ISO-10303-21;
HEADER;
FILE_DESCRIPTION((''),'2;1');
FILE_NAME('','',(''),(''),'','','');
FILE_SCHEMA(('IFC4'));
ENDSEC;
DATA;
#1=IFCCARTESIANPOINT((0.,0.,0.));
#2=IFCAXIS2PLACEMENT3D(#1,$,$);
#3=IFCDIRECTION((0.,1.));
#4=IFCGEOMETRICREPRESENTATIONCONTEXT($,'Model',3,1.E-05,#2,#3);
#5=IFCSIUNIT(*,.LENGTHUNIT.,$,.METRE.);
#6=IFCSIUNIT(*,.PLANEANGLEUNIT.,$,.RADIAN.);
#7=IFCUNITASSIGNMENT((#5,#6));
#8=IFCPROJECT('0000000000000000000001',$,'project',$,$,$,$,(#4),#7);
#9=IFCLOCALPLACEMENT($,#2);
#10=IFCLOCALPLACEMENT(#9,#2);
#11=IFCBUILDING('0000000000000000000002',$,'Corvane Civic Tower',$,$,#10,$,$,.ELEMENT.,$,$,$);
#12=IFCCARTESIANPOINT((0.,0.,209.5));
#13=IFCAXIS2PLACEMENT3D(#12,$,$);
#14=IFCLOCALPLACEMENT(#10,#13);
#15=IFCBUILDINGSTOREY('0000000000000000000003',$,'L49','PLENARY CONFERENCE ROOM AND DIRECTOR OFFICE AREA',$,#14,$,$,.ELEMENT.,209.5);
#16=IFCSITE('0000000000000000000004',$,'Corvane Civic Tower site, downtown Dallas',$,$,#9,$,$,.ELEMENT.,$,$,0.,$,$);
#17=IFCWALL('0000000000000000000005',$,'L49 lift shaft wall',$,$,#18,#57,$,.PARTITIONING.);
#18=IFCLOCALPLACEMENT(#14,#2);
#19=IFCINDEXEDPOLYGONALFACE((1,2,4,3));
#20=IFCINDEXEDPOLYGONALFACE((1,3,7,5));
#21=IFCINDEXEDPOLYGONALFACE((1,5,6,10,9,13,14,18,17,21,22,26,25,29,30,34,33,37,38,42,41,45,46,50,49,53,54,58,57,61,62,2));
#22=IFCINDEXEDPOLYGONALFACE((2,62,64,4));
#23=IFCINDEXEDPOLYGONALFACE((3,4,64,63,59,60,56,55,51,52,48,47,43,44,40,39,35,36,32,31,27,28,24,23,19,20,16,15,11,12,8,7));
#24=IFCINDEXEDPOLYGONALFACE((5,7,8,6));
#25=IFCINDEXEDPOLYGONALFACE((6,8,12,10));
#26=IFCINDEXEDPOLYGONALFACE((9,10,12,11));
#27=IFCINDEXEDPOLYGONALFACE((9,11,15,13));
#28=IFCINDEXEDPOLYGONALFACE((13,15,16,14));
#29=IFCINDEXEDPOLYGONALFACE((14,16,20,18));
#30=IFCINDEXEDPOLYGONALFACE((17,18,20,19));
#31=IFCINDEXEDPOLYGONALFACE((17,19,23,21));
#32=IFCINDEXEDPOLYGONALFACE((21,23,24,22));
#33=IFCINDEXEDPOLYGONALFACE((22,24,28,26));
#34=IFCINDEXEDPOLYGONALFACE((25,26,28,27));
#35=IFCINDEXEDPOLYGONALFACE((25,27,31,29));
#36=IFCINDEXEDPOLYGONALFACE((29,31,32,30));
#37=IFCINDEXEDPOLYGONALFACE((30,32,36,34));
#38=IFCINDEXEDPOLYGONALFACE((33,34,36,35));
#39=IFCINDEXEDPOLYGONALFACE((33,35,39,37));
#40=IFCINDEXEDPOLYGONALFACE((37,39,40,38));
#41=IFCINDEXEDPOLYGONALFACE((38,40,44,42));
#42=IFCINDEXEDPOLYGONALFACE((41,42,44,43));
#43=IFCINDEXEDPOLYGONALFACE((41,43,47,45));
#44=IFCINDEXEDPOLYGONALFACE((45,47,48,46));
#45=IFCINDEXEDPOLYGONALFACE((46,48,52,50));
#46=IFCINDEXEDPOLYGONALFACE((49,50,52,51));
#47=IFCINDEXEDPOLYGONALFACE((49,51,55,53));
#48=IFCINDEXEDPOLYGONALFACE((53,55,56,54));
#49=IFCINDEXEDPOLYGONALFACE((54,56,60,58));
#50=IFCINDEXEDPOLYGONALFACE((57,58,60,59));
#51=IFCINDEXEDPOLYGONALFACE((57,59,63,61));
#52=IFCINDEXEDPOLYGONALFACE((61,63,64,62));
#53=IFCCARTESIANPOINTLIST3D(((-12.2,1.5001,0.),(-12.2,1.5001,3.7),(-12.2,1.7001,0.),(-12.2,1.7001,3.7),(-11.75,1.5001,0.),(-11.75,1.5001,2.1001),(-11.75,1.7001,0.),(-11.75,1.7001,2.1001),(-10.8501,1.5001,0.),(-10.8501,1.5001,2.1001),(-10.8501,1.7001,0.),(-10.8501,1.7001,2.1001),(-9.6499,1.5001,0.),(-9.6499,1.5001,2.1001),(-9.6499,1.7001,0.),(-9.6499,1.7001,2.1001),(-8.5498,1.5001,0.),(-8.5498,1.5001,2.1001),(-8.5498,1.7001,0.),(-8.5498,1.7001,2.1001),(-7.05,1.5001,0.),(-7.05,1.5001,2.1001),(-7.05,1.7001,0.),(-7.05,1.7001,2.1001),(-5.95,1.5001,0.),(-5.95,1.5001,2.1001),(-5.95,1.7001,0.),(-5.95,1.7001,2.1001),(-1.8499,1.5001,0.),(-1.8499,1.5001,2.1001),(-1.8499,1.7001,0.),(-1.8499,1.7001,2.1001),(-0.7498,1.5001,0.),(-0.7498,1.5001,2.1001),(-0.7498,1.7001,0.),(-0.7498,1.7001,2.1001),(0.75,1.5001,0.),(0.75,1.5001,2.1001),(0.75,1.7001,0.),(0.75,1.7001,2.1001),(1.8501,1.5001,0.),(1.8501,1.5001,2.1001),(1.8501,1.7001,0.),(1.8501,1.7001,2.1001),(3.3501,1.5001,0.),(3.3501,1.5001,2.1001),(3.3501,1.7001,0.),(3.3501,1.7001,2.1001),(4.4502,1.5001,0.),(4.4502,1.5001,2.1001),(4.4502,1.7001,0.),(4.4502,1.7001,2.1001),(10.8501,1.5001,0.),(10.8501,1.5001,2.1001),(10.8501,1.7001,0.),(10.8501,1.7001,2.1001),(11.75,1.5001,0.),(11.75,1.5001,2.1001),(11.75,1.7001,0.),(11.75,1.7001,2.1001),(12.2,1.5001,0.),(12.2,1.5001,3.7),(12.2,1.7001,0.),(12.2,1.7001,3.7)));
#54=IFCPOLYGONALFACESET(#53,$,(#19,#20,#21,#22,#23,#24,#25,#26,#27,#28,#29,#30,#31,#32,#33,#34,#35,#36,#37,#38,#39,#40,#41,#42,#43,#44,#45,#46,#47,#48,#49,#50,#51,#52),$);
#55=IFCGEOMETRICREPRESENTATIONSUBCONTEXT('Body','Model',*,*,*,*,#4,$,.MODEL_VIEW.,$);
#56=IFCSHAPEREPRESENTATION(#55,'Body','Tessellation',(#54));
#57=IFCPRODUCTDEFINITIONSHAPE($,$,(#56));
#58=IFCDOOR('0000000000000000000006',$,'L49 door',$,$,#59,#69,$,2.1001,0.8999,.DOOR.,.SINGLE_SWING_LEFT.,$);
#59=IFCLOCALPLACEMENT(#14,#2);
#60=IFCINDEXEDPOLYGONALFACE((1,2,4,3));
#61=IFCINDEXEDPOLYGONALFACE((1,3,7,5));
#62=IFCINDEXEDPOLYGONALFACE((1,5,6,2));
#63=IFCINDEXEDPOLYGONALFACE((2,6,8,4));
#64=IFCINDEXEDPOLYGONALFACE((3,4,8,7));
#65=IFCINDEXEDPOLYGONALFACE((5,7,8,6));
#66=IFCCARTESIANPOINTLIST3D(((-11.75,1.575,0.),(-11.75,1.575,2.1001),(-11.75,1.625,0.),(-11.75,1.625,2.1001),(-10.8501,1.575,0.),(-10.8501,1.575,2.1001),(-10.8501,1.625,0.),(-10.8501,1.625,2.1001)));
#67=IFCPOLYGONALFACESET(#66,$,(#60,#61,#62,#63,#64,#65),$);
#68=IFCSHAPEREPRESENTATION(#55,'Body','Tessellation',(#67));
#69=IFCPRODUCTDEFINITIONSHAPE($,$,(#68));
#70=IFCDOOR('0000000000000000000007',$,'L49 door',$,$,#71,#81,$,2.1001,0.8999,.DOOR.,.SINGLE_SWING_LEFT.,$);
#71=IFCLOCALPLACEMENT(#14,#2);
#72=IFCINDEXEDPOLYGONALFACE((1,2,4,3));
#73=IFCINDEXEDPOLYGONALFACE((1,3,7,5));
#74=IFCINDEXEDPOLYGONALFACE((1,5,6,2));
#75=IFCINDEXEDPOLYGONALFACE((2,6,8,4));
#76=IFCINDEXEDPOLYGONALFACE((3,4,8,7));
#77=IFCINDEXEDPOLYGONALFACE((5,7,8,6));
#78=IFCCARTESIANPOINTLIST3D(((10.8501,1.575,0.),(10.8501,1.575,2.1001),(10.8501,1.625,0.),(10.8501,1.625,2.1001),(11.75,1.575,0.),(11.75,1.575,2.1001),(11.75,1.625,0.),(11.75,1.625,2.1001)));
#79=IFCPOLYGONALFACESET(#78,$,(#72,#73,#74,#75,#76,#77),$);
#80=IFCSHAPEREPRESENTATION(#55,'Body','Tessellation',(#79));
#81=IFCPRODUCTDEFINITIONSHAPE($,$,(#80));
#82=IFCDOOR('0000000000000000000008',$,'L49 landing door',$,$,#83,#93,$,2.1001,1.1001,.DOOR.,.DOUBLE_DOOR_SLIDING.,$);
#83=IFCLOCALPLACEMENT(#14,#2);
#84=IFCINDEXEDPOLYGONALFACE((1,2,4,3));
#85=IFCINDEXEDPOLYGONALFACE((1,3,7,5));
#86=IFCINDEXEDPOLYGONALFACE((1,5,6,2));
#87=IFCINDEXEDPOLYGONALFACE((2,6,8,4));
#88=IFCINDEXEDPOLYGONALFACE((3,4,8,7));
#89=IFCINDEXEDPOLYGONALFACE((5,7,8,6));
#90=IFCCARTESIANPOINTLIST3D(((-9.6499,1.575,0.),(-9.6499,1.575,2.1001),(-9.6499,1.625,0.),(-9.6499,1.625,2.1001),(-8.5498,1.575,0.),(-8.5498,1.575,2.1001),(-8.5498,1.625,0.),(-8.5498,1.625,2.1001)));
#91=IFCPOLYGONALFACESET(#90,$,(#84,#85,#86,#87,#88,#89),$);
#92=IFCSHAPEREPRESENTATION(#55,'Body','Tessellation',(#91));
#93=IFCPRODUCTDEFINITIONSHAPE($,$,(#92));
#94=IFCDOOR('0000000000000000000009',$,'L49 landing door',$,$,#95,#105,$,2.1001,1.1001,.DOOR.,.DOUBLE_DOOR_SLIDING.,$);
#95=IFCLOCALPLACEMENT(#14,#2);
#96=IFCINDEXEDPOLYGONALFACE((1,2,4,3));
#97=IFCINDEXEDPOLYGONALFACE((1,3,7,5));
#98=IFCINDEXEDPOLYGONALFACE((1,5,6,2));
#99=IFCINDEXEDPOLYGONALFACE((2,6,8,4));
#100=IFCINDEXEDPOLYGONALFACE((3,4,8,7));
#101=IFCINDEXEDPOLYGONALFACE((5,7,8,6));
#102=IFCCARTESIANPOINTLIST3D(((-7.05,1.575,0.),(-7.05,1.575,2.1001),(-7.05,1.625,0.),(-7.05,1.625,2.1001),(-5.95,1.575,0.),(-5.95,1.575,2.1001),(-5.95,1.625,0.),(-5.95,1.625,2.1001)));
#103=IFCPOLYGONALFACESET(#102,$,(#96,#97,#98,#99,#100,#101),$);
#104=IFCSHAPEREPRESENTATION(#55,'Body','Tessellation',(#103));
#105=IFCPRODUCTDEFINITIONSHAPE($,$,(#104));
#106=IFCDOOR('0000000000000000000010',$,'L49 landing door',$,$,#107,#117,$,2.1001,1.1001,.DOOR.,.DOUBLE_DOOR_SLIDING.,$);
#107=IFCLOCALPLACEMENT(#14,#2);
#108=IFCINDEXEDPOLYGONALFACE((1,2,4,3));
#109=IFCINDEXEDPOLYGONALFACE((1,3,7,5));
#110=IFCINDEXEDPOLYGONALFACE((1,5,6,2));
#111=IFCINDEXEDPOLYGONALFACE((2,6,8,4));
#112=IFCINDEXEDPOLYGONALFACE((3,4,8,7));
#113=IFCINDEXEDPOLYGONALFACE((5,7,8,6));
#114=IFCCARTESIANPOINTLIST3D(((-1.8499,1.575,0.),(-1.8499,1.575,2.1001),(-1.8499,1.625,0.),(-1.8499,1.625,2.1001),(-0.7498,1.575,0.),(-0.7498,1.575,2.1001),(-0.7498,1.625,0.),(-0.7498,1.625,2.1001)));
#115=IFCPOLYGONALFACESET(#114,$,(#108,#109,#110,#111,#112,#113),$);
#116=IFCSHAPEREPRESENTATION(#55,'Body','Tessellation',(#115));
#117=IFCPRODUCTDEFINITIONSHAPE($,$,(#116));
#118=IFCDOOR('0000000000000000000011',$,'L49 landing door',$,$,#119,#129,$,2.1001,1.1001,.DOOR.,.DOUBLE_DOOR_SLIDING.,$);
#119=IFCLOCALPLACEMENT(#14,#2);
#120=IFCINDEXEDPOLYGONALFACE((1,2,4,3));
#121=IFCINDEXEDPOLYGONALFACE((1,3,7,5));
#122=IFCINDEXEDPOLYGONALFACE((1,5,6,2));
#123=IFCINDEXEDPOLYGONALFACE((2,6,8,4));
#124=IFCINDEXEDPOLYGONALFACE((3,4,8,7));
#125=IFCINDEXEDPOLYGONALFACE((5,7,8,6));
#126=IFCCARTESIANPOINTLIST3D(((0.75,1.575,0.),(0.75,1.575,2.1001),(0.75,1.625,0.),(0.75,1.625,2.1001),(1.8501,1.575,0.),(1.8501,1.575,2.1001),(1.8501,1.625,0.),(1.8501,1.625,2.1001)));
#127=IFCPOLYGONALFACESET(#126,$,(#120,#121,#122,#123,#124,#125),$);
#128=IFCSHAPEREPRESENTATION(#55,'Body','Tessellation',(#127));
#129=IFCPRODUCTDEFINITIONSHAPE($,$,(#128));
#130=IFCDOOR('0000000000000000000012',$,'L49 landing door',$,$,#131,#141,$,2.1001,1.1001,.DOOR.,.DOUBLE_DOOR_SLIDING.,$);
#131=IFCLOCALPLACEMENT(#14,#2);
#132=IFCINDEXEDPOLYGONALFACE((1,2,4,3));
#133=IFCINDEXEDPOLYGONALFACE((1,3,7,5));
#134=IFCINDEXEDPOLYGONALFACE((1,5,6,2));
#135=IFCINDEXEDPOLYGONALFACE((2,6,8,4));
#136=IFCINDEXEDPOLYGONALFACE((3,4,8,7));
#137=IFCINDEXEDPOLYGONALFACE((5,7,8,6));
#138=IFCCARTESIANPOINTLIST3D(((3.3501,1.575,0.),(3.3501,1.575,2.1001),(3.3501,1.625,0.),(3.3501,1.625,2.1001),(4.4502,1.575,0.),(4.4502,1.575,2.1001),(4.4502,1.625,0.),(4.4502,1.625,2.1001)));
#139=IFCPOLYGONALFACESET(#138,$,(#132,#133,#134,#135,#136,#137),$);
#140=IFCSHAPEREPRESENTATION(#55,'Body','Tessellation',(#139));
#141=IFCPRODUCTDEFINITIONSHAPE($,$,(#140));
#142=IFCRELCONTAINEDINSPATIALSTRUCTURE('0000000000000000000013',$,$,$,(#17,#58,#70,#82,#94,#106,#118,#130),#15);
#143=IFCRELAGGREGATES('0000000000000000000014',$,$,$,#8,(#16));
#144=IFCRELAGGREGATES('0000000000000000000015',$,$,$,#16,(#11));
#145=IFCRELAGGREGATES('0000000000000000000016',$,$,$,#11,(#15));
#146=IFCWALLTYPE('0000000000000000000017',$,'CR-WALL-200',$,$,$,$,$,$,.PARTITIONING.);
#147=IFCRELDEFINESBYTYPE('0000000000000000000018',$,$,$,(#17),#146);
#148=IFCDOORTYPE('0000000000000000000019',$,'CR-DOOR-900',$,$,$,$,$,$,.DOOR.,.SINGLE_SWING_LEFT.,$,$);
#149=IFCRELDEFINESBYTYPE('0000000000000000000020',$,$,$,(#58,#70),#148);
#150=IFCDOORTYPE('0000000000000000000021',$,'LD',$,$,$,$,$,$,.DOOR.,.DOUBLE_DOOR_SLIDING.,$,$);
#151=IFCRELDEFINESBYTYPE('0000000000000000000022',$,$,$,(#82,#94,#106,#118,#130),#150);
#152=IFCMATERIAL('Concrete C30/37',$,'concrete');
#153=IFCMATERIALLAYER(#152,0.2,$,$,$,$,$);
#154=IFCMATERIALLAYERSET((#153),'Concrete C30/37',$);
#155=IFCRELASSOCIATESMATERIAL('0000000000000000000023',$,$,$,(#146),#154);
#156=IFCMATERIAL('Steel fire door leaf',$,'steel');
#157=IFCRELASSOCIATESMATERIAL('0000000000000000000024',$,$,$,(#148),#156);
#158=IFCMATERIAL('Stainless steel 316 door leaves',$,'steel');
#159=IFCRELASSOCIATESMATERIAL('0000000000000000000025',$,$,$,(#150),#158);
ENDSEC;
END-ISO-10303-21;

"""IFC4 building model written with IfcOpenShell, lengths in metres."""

from ifc_helpers import new_model, si_unit, direction, frame, frame_2d, origin, place, context, subcontext, project, spatial, rectangle, extrude, material, layer, layer_set, type_object, element, fill, save


model = new_model("IFC4")

# Units and contexts
model_context = context("Model", 3, precision=1e-05, world=origin(), true_north=direction((0.0, 1.0)))
body_context = subcontext(model_context, "Body", "Model", "MODEL_VIEW")
ifc_project = project(units=[si_unit("LENGTHUNIT", "METRE"), si_unit("PLANEANGLEUNIT", "RADIAN")], contexts=[model_context])

# Site, building, storey
site_placement = place(None, origin())
site = spatial("IfcSite", under=ifc_project, at=site_placement, Name="Corvane Civic Tower site, downtown Dallas", CompositionType="ELEMENT", RefElevation=0.0)
building_placement = place(site_placement, origin())
building = spatial("IfcBuilding", under=site, at=building_placement, Name="Corvane Civic Tower", CompositionType="ELEMENT")
storey_placement = place(building_placement, frame((0.0, 0.0, 209.5)))
storey = spatial("IfcBuildingStorey", under=building, at=storey_placement, Name="L49", Description="PLENARY CONFERENCE ROOM AND DIRECTOR OFFICE AREA", CompositionType="ELEMENT", Elevation=209.5)

# Wall, openings, doors
ifc_material_1 = material(Name="Concrete C30/37", Category="concrete")
ifc_layer_1 = layer(ifc_material_1, 0.2)
ifc_layer_set_1 = layer_set([ifc_layer_1], Name="Concrete C30/37")
wall_type_1 = type_object("IfcWallType", Name="CR-WALL-200", PredefinedType="PARTITIONING", material=ifc_layer_set_1)
wall_1_placement = place(storey_placement, frame((-12.2, 1.6001, 0.0), z_axis=(0.0, 0.0, 1.0), x_axis=(1.0, 0.0, 0.0)))
wall_1 = element("IfcWall", 1, at=wall_1_placement, inside=storey, type_object=wall_type_1, Name="L49 lift shaft wall", PredefinedType="PARTITIONING", context=body_context, shape_type="SweptSolid", body=[
    extrude(rectangle(XDim=24.3999, YDim=0.2, at=frame_2d((12.2, 0.0))), origin(), (0.0, 0.0, 1.0), 3.7),
])
opening_1_placement = place(wall_1_placement, frame((2.55, 0.0, 0.0)))
opening_1 = element("IfcOpeningElement", 2, at=opening_1_placement, cuts=wall_1, PredefinedType="OPENING", context=body_context, shape_type="SweptSolid", body=[
    extrude(rectangle(XDim=1.1001, YDim=2.1001, at=frame_2d((0.55, 1.05))), frame((0.0, 0.1099, 0.0), z_axis=(0.0, -1.0, 0.0), x_axis=(1.0, 0.0, 0.0)), (0.0, 0.0, 1.0), 0.22),
])
opening_2_placement = place(wall_1_placement, frame((5.1499, 0.0, 0.0)))
opening_2 = element("IfcOpeningElement", 3, at=opening_2_placement, cuts=wall_1, PredefinedType="OPENING", context=body_context, shape_type="SweptSolid", body=[
    extrude(rectangle(XDim=1.1001, YDim=2.1001, at=frame_2d((0.55, 1.05))), frame((0.0, 0.1099, 0.0), z_axis=(0.0, -1.0, 0.0), x_axis=(1.0, 0.0, 0.0)), (0.0, 0.0, 1.0), 0.22),
])
opening_3_placement = place(wall_1_placement, frame((10.3501, 0.0, 0.0)))
opening_3 = element("IfcOpeningElement", 4, at=opening_3_placement, cuts=wall_1, PredefinedType="OPENING", context=body_context, shape_type="SweptSolid", body=[
    extrude(rectangle(XDim=1.1001, YDim=2.1001, at=frame_2d((0.55, 1.05))), frame((0.0, 0.1099, 0.0), z_axis=(0.0, -1.0, 0.0), x_axis=(1.0, 0.0, 0.0)), (0.0, 0.0, 1.0), 0.22),
])
opening_4_placement = place(wall_1_placement, frame((12.95, 0.0, 0.0)))
opening_4 = element("IfcOpeningElement", 5, at=opening_4_placement, cuts=wall_1, PredefinedType="OPENING", context=body_context, shape_type="SweptSolid", body=[
    extrude(rectangle(XDim=1.1001, YDim=2.1001, at=frame_2d((0.55, 1.05))), frame((0.0, 0.1099, 0.0), z_axis=(0.0, -1.0, 0.0), x_axis=(1.0, 0.0, 0.0)), (0.0, 0.0, 1.0), 0.22),
])
opening_5_placement = place(wall_1_placement, frame((15.55, 0.0, 0.0)))
opening_5 = element("IfcOpeningElement", 6, at=opening_5_placement, cuts=wall_1, PredefinedType="OPENING", context=body_context, shape_type="SweptSolid", body=[
    extrude(rectangle(XDim=1.1001, YDim=2.1001, at=frame_2d((0.55, 1.05))), frame((0.0, 0.1099, 0.0), z_axis=(0.0, -1.0, 0.0), x_axis=(1.0, 0.0, 0.0)), (0.0, 0.0, 1.0), 0.22),
])
opening_6_placement = place(wall_1_placement, frame((0.45, 0.0, 0.0)))
opening_6 = element("IfcOpeningElement", 7, at=opening_6_placement, cuts=wall_1, PredefinedType="OPENING", context=body_context, shape_type="SweptSolid", body=[
    extrude(rectangle(XDim=0.8999, YDim=2.1001, at=frame_2d((0.45, 1.05))), frame((0.0, 0.1099, 0.0), z_axis=(0.0, -1.0, 0.0), x_axis=(1.0, 0.0, 0.0)), (0.0, 0.0, 1.0), 0.22),
])
opening_7_placement = place(wall_1_placement, frame((23.05, 0.0, 0.0)))
opening_7 = element("IfcOpeningElement", 8, at=opening_7_placement, cuts=wall_1, PredefinedType="OPENING", context=body_context, shape_type="SweptSolid", body=[
    extrude(rectangle(XDim=0.8999, YDim=2.1001, at=frame_2d((0.45, 1.05))), frame((0.0, 0.1099, 0.0), z_axis=(0.0, -1.0, 0.0), x_axis=(1.0, 0.0, 0.0)), (0.0, 0.0, 1.0), 0.22),
])
ifc_material_2 = material(Name="Steel fire door leaf", Category="steel")
door_type_1 = type_object("IfcDoorType", Name="CR-DOOR-900", OperationType="SINGLE_SWING_LEFT", PredefinedType="DOOR", material=ifc_material_2)
door_1_placement = place(opening_6_placement, origin())
door_1 = element("IfcDoor", 9, at=door_1_placement, inside=storey, type_object=door_type_1, Name="L49 door", OperationType="SINGLE_SWING_LEFT", OverallHeight=2.1001, OverallWidth=0.8999, PredefinedType="DOOR", context=body_context, shape_type="SweptSolid", body=[
    extrude(rectangle(XDim=0.8999, YDim=2.1001, at=frame_2d((0.45, 1.05))), frame((0.0, 0.0249, 0.0), z_axis=(0.0, -1.0, 0.0), x_axis=(1.0, 0.0, 0.0)), (0.0, 0.0, 1.0), 0.05),
])
fill(opening_6, door_1)
door_2_placement = place(opening_7_placement, origin())
door_2 = element("IfcDoor", 10, at=door_2_placement, inside=storey, type_object=door_type_1, Name="L49 door", OperationType="SINGLE_SWING_LEFT", OverallHeight=2.1001, OverallWidth=0.8999, PredefinedType="DOOR", context=body_context, shape_type="SweptSolid", body=[
    extrude(rectangle(XDim=0.8999, YDim=2.1001, at=frame_2d((0.45, 1.05))), frame((0.0, 0.0249, 0.0), z_axis=(0.0, -1.0, 0.0), x_axis=(1.0, 0.0, 0.0)), (0.0, 0.0, 1.0), 0.05),
])
fill(opening_7, door_2)
ifc_material_3 = material(Name="Stainless steel 316 door leaves", Category="steel")
door_type_2 = type_object("IfcDoorType", Name="LD", OperationType="DOUBLE_DOOR_SLIDING", PredefinedType="DOOR", material=ifc_material_3)
door_3_placement = place(opening_1_placement, origin())
door_3 = element("IfcDoor", 11, at=door_3_placement, inside=storey, type_object=door_type_2, Name="L49 landing door", OperationType="DOUBLE_DOOR_SLIDING", OverallHeight=2.1001, OverallWidth=1.1001, PredefinedType="DOOR", context=body_context, shape_type="SweptSolid", body=[
    extrude(rectangle(XDim=1.1001, YDim=2.1001, at=frame_2d((0.55, 1.05))), frame((0.0, 0.0249, 0.0), z_axis=(0.0, -1.0, 0.0), x_axis=(1.0, 0.0, 0.0)), (0.0, 0.0, 1.0), 0.05),
])
fill(opening_1, door_3)
door_4_placement = place(opening_2_placement, origin())
door_4 = element("IfcDoor", 12, at=door_4_placement, inside=storey, type_object=door_type_2, Name="L49 landing door", OperationType="DOUBLE_DOOR_SLIDING", OverallHeight=2.1001, OverallWidth=1.1001, PredefinedType="DOOR", context=body_context, shape_type="SweptSolid", body=[
    extrude(rectangle(XDim=1.1001, YDim=2.1001, at=frame_2d((0.55, 1.05))), frame((0.0, 0.0249, 0.0), z_axis=(0.0, -1.0, 0.0), x_axis=(1.0, 0.0, 0.0)), (0.0, 0.0, 1.0), 0.05),
])
fill(opening_2, door_4)
door_5_placement = place(opening_3_placement, origin())
door_5 = element("IfcDoor", 13, at=door_5_placement, inside=storey, type_object=door_type_2, Name="L49 landing door", OperationType="DOUBLE_DOOR_SLIDING", OverallHeight=2.1001, OverallWidth=1.1001, PredefinedType="DOOR", context=body_context, shape_type="SweptSolid", body=[
    extrude(rectangle(XDim=1.1001, YDim=2.1001, at=frame_2d((0.55, 1.05))), frame((0.0, 0.0249, 0.0), z_axis=(0.0, -1.0, 0.0), x_axis=(1.0, 0.0, 0.0)), (0.0, 0.0, 1.0), 0.05),
])
fill(opening_3, door_5)
door_6_placement = place(opening_4_placement, origin())
door_6 = element("IfcDoor", 14, at=door_6_placement, inside=storey, type_object=door_type_2, Name="L49 landing door", OperationType="DOUBLE_DOOR_SLIDING", OverallHeight=2.1001, OverallWidth=1.1001, PredefinedType="DOOR", context=body_context, shape_type="SweptSolid", body=[
    extrude(rectangle(XDim=1.1001, YDim=2.1001, at=frame_2d((0.55, 1.05))), frame((0.0, 0.0249, 0.0), z_axis=(0.0, -1.0, 0.0), x_axis=(1.0, 0.0, 0.0)), (0.0, 0.0, 1.0), 0.05),
])
fill(opening_4, door_6)
door_7_placement = place(opening_5_placement, origin())
door_7 = element("IfcDoor", 15, at=door_7_placement, inside=storey, type_object=door_type_2, Name="L49 landing door", OperationType="DOUBLE_DOOR_SLIDING", OverallHeight=2.1001, OverallWidth=1.1001, PredefinedType="DOOR", context=body_context, shape_type="SweptSolid", body=[
    extrude(rectangle(XDim=1.1001, YDim=2.1001, at=frame_2d((0.55, 1.05))), frame((0.0, 0.0249, 0.0), z_axis=(0.0, -1.0, 0.0), x_axis=(1.0, 0.0, 0.0)), (0.0, 0.0, 1.0), 0.05),
])
fill(opening_5, door_7)

save(model, "model.ifc")
